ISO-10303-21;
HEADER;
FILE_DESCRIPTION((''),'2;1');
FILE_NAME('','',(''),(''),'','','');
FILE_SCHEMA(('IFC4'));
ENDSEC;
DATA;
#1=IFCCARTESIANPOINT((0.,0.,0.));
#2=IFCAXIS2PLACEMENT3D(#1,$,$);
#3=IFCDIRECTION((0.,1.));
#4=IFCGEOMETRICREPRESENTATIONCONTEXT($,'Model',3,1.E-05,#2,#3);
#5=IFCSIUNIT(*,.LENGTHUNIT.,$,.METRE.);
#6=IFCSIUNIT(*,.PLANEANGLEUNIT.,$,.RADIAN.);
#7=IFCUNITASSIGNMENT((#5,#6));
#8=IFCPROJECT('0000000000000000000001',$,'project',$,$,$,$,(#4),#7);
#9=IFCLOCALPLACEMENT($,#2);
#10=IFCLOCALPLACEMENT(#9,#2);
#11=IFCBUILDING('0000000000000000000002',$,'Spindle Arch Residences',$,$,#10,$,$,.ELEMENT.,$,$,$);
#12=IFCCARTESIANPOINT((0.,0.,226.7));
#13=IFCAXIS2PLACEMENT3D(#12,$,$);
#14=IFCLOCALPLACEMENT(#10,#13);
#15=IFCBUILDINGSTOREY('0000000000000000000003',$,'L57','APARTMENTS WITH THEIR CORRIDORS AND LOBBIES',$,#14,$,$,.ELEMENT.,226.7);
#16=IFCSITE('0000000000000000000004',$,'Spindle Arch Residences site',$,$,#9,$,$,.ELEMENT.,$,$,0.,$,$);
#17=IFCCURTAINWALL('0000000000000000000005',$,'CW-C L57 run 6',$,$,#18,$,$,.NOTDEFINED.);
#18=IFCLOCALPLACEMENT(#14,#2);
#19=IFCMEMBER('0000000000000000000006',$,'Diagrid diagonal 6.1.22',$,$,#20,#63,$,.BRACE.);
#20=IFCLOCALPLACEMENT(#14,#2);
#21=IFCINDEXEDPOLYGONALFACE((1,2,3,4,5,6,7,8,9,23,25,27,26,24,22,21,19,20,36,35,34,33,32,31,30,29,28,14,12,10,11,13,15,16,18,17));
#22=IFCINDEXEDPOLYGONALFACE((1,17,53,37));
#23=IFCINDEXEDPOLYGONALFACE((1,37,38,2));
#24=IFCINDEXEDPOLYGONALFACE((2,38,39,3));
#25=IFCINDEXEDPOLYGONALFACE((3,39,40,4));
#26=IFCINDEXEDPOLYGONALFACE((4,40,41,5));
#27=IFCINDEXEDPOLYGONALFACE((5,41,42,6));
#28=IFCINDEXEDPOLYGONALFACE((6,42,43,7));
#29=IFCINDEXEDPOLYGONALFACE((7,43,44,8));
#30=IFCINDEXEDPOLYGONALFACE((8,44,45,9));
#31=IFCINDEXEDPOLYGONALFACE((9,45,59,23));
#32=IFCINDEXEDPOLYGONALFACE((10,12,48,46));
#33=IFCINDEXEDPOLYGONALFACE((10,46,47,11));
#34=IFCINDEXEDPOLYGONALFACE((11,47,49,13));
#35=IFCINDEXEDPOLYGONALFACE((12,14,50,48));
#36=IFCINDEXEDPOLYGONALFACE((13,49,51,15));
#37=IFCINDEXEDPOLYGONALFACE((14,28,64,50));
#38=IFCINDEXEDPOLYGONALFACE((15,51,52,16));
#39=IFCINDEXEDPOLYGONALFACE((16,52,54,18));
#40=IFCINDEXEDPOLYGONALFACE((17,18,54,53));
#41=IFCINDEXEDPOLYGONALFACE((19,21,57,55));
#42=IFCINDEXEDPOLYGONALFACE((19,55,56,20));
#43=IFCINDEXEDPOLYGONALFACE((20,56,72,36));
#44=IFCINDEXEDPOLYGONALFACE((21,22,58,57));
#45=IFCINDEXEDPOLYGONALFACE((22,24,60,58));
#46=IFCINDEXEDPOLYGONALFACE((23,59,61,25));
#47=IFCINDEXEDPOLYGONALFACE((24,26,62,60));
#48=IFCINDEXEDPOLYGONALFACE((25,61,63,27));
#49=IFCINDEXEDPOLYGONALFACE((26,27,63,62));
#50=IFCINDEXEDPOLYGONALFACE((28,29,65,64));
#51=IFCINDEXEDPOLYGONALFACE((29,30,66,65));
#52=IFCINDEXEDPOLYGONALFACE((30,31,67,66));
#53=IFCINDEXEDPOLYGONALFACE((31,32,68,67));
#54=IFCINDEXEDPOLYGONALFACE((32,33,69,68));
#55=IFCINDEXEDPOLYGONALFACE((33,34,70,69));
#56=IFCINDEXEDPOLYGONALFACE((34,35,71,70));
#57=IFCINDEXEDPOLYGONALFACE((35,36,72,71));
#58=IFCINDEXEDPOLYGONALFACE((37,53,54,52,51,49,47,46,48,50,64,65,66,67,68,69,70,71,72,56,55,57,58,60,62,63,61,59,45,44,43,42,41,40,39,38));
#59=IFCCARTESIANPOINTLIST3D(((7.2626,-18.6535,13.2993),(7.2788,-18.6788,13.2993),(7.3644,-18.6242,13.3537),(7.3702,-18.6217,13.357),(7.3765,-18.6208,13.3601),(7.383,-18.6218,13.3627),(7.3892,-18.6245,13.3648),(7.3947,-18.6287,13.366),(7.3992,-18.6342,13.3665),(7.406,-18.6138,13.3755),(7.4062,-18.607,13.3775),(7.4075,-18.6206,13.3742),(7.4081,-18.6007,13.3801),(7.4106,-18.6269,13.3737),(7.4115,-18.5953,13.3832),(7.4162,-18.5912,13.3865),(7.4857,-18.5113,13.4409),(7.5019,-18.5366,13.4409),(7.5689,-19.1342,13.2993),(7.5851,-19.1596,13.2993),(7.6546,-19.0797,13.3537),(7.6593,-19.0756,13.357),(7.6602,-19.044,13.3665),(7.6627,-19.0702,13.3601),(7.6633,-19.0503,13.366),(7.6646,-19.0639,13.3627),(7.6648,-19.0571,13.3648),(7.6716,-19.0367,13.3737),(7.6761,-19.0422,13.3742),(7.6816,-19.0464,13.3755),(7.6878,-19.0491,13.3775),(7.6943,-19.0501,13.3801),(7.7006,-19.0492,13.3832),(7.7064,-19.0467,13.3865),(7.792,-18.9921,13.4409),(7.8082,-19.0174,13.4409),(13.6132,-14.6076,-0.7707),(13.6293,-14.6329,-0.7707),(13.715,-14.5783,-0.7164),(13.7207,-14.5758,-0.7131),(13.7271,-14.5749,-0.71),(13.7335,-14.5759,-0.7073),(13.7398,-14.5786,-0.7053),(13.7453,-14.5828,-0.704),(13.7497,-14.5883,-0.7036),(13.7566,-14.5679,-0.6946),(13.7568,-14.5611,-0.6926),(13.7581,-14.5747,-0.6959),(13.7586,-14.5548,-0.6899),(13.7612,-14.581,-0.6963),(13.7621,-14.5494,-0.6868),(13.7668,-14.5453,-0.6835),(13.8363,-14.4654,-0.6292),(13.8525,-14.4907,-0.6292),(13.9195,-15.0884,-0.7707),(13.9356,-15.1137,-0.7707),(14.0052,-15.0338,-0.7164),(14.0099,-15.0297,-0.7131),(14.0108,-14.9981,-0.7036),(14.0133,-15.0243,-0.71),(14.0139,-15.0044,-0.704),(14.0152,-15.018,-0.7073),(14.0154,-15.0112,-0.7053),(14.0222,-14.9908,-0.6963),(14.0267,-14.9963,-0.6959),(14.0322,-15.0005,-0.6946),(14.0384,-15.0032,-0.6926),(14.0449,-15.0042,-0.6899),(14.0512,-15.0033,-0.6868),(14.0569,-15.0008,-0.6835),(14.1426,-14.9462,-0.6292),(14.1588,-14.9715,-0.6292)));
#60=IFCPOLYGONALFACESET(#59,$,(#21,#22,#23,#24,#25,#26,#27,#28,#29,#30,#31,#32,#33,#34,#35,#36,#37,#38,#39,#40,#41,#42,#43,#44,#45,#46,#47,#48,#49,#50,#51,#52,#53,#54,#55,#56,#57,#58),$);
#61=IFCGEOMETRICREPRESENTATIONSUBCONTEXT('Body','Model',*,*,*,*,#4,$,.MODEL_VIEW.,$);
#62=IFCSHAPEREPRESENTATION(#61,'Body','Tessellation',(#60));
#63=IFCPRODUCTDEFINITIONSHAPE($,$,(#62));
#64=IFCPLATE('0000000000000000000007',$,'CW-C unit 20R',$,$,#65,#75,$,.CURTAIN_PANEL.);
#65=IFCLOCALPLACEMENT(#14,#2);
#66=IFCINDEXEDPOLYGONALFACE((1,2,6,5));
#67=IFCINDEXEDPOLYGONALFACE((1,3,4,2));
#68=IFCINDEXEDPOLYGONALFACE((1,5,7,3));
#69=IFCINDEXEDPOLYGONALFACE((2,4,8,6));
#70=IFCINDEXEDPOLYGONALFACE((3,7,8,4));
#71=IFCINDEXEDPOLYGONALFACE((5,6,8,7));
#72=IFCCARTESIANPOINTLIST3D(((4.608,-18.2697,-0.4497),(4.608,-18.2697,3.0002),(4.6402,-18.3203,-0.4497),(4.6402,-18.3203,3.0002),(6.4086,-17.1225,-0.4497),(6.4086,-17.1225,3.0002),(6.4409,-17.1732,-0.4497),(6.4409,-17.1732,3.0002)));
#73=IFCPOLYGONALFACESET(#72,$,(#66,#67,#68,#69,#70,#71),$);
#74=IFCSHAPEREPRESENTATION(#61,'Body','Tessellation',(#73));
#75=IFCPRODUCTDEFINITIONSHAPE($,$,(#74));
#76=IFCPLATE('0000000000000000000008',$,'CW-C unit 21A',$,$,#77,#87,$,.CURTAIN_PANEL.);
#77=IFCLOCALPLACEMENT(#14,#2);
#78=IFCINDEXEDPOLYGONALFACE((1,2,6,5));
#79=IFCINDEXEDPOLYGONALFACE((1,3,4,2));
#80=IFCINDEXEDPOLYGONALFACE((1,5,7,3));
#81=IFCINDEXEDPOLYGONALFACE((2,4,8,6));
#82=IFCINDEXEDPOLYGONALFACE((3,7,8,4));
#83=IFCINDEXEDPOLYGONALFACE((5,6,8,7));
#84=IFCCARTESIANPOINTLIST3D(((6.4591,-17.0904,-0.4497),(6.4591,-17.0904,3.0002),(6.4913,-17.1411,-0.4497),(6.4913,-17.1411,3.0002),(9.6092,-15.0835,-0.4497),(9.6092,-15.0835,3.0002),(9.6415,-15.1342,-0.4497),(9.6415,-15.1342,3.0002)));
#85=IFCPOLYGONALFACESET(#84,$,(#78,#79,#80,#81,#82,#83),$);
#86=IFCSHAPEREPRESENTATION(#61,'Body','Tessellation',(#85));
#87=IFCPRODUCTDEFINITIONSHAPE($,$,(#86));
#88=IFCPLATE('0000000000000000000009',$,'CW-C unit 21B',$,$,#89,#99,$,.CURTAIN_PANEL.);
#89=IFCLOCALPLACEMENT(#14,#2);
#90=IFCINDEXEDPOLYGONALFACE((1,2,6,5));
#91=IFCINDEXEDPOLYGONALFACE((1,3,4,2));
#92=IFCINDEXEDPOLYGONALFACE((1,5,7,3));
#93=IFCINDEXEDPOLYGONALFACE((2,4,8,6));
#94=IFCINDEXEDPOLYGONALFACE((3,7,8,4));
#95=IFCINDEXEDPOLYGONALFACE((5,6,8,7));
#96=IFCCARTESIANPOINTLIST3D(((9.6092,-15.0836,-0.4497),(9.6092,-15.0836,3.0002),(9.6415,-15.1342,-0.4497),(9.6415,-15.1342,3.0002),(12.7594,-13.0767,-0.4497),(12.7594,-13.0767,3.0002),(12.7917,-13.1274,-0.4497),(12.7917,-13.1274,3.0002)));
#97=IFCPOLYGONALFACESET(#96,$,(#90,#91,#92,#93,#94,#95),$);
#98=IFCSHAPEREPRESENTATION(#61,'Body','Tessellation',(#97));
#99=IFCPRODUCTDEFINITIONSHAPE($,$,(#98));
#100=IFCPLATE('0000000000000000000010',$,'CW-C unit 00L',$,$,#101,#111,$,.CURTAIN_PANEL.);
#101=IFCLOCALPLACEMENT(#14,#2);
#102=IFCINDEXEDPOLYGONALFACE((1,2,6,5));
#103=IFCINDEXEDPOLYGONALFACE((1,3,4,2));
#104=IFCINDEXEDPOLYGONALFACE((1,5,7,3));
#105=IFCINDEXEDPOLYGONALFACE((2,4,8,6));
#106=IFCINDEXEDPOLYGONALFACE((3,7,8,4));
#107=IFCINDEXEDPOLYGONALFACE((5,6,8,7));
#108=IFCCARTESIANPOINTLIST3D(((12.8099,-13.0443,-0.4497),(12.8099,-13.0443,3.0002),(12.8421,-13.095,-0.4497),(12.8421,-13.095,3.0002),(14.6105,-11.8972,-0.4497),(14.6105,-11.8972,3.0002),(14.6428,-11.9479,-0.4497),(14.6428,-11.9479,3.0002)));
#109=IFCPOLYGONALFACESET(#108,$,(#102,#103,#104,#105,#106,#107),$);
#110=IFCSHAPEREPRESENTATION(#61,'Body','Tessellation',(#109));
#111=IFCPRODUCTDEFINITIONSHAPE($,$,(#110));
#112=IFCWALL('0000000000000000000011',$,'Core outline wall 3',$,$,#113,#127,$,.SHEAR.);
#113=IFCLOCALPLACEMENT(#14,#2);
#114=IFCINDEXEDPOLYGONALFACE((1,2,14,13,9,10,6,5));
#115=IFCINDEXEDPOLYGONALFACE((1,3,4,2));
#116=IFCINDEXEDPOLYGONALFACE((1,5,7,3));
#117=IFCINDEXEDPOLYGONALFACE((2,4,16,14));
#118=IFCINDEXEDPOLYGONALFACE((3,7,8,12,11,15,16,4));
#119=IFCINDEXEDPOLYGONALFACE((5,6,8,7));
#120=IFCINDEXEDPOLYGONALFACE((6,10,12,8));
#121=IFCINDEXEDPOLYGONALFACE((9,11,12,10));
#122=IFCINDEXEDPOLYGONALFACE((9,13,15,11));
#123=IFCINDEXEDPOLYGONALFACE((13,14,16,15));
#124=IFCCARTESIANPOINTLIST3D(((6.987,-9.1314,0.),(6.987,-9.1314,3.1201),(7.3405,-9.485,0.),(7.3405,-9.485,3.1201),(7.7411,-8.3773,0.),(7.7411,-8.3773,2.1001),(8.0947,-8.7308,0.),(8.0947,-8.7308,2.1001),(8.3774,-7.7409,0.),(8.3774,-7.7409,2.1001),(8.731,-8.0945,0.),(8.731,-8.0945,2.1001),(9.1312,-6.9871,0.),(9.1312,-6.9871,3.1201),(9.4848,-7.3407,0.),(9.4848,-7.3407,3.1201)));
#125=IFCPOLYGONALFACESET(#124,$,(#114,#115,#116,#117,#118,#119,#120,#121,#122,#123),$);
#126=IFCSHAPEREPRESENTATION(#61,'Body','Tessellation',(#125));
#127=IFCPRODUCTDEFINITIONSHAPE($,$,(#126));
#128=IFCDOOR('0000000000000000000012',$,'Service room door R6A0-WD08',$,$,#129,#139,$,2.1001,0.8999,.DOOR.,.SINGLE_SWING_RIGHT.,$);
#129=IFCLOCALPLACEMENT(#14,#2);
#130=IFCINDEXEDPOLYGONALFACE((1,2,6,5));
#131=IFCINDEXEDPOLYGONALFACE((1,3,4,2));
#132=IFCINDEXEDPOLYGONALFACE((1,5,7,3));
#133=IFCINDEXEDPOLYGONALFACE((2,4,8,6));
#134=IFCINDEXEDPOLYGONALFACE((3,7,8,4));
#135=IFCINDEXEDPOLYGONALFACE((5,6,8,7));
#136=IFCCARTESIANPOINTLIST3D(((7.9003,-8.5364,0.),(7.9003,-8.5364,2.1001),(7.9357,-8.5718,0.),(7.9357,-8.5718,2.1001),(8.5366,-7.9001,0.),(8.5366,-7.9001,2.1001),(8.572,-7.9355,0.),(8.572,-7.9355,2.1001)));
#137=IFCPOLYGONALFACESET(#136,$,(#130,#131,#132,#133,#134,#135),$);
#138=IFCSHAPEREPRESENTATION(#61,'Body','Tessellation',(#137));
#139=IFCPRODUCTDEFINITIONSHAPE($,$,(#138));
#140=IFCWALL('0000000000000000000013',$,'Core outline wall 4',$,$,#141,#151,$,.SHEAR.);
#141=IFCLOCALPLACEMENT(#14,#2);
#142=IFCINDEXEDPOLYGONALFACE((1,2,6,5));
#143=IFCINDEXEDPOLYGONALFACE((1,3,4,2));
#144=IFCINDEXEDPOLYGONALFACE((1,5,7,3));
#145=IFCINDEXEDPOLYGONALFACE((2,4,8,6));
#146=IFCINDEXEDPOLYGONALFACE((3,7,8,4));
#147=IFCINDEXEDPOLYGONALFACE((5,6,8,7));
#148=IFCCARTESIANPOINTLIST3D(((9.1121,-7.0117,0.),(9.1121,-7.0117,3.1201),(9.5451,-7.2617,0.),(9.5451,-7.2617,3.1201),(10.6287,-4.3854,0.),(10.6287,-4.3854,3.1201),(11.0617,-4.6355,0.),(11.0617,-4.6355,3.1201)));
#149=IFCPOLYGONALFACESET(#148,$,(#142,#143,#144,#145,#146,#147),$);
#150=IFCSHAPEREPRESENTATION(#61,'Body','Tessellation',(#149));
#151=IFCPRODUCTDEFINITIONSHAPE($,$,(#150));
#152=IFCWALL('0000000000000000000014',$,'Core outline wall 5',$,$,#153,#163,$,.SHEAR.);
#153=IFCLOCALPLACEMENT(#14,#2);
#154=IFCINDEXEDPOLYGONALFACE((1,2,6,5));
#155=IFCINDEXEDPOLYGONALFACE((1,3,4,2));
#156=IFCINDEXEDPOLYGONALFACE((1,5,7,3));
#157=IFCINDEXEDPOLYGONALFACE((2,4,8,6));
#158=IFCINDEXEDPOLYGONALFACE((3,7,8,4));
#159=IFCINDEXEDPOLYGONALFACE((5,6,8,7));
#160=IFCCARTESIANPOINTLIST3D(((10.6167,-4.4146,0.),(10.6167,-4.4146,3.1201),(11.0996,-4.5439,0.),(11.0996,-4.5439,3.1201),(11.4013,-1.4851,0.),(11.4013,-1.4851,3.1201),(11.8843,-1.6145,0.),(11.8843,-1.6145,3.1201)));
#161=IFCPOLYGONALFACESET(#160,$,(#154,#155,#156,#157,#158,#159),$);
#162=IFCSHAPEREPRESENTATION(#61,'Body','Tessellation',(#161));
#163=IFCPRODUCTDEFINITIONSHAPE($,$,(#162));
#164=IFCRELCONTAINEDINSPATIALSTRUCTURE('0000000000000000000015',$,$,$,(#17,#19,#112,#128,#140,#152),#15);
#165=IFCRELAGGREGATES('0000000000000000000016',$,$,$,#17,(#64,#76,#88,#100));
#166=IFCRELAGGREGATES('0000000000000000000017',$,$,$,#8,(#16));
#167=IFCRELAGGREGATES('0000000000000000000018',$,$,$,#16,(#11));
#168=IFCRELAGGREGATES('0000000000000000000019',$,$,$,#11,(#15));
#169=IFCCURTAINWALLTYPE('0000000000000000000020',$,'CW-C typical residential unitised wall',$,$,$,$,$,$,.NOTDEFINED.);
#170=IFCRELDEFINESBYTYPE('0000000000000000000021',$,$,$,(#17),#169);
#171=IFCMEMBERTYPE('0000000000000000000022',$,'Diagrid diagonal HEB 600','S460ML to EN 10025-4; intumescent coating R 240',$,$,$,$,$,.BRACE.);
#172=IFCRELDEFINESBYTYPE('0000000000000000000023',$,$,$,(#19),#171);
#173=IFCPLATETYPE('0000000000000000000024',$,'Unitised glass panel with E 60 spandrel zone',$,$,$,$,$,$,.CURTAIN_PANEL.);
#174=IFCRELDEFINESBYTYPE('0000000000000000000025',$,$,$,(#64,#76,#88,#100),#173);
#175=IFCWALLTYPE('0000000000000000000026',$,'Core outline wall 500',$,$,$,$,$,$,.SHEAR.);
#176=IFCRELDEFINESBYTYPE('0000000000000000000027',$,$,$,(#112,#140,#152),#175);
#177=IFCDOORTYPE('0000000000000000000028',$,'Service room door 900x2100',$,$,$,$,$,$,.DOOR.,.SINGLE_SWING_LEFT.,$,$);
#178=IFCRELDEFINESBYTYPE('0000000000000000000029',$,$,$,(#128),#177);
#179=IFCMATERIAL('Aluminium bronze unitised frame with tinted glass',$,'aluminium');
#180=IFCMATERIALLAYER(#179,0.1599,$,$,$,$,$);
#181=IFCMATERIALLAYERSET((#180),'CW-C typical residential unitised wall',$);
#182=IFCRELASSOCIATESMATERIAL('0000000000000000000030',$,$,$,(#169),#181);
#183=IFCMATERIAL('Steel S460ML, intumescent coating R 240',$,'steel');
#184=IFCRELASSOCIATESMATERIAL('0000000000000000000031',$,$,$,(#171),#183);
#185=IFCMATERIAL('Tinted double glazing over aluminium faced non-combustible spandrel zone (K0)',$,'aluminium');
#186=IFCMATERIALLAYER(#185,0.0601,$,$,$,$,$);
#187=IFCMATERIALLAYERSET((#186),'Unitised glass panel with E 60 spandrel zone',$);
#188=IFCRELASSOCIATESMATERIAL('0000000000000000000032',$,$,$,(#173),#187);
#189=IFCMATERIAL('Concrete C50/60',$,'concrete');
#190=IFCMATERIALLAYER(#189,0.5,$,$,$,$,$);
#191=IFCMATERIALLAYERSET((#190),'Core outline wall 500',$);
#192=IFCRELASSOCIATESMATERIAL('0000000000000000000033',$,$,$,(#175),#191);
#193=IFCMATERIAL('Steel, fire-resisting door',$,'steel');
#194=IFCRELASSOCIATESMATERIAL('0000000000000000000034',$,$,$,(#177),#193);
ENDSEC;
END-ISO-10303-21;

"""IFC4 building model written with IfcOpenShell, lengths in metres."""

from ifc_helpers import new_model, si_unit, direction, frame, frame_2d, origin, origin_2d, place, context, subcontext, project, spatial, rectangle, i_section, extrude, material, layer, layer_set, material_profile, profile_set, type_object, element, fill, aggregate, save


model = new_model("IFC4")

# Units and contexts
model_context = context("Model", 3, precision=1e-05, world=origin(), true_north=direction((0.0, 1.0)))
body_context = subcontext(model_context, "Body", "Model", "MODEL_VIEW")
ifc_project = project(units=[si_unit("LENGTHUNIT", "METRE"), si_unit("PLANEANGLEUNIT", "RADIAN")], contexts=[model_context])

# Site, building, storey
site_placement = place(None, origin())
site = spatial("IfcSite", under=ifc_project, at=site_placement, Name="Spindle Arch Residences site", CompositionType="ELEMENT", RefElevation=0.0)
building_placement = place(site_placement, origin())
building = spatial("IfcBuilding", under=site, at=building_placement, Name="Spindle Arch Residences", CompositionType="ELEMENT")
storey_placement = place(building_placement, frame((0.0, 0.0, 226.7)))
storey = spatial("IfcBuildingStorey", under=building, at=storey_placement, Name="L57", Description="APARTMENTS WITH THEIR CORRIDORS AND LOBBIES", CompositionType="ELEMENT", Elevation=226.7)

# Curtain wall
ifc_material_1 = material(Name="Aluminium bronze unitised frame with tinted glass", Category="aluminium")
ifc_layer_1 = layer(ifc_material_1, 0.1599)
ifc_layer_set_1 = layer_set([ifc_layer_1], Name="CW-C typical residential unitised wall")
curtain_wall_type = type_object("IfcCurtainWallType", Name="CW-C typical residential unitised wall", PredefinedType="NOTDEFINED", material=ifc_layer_set_1)
curtain_wall_placement = place(storey_placement, origin())
curtain_wall = element("IfcCurtainWall", 1, at=curtain_wall_placement, inside=storey, type_object=curtain_wall_type, Name="CW-C L57 run 6", PredefinedType="NOTDEFINED")

# Member
ifc_material_2 = material(Name="Steel S460ML, intumescent coating R 240", Category="steel")
ifc_material_profile_1 = material_profile(ifc_material_2, i_section(OverallWidth=0.3, OverallDepth=0.6001, WebThickness=0.0154, FlangeThickness=0.03, FilletRadius=0.0271, at=origin_2d()), Name="HEB 600")
ifc_profile_set_1 = profile_set([ifc_material_profile_1], Name="Steel S460ML, intumescent coating R 240")
member_type_1 = type_object("IfcMemberType", Name="Diagrid diagonal HEB 600", Description="S460ML to EN 10025-4; intumescent coating R 240", PredefinedType="BRACE", material=ifc_profile_set_1)
for number, where, z_axis, x_axis, name in (
    (2, (13.886, -14.7896, -0.7), (-0.39795, -0.25353, 0.881679), (0.743594, 0.473737, 0.471849), "Diagrid diagonal 6.1.22"),
):
    element("IfcMember", number, at=place(storey_placement, frame(where, z_axis=z_axis, x_axis=x_axis)), inside=storey, type_object=member_type_1, Name=name, PredefinedType="BRACE", context=body_context, shape_type="SweptSolid", body=[
        extrude(i_section(OverallWidth=0.3, OverallDepth=0.6001, WebThickness=0.0154, FlangeThickness=0.03, FilletRadius=0.0271, at=origin_2d()), origin(), (0.0, 0.0, 1.0), 15.9583),
    ])

# Plates
ifc_material_3 = material(Name="Tinted double glazing over aluminium faced non-combustible spandrel zone (K0)", Category="aluminium")
ifc_layer_2 = layer(ifc_material_3, 0.0601)
ifc_layer_set_2 = layer_set([ifc_layer_2], Name="Unitised glass panel with E 60 spandrel zone")
plate_type = type_object("IfcPlateType", Name="Unitised glass panel with E 60 spandrel zone", PredefinedType="CURTAIN_PANEL", material=ifc_layer_set_2)
plate_1_placement = place(storey_placement, frame((5.5244, -17.7214, -0.4497), z_axis=(0.0, 0.0, 1.0), x_axis=(0.843391, 0.5373, 0.0)))
plate_1 = element("IfcPlate", 3, at=plate_1_placement, type_object=plate_type, Name="CW-C unit 20R", PredefinedType="CURTAIN_PANEL", context=body_context, shape_type="SweptSolid", body=[
    extrude(rectangle(XDim=2.135, YDim=0.0601, at=origin_2d()), origin(), (0.0, 0.0, 1.0), 3.45),
])
plate_2_placement = place(storey_placement, frame((8.0503, -16.1123, -0.4497), z_axis=(0.0, 0.0, 1.0), x_axis=(0.843391, 0.5373, 0.0)))
plate_2 = element("IfcPlate", 4, at=plate_2_placement, type_object=plate_type, Name="CW-C unit 21A", PredefinedType="CURTAIN_PANEL", context=body_context, shape_type="SweptSolid", body=[
    extrude(rectangle(XDim=3.7351, YDim=0.0601, at=origin_2d()), origin(), (0.0, 0.0, 1.0), 3.45),
])
plate_3_placement = place(storey_placement, frame((11.2004, -14.1055, -0.4497), z_axis=(0.0, 0.0, 1.0), x_axis=(0.843391, 0.5373, 0.0)))
plate_3 = element("IfcPlate", 5, at=plate_3_placement, type_object=plate_type, Name="CW-C unit 21B", PredefinedType="CURTAIN_PANEL", context=body_context, shape_type="SweptSolid", body=[
    extrude(rectangle(XDim=3.7351, YDim=0.0601, at=origin_2d()), origin(), (0.0, 0.0, 1.0), 3.45),
])
plate_4_placement = place(storey_placement, frame((13.7263, -12.4961, -0.4497), z_axis=(0.0, 0.0, 1.0), x_axis=(0.843391, 0.5373, 0.0)))
plate_4 = element("IfcPlate", 6, at=plate_4_placement, type_object=plate_type, Name="CW-C unit 00L", PredefinedType="CURTAIN_PANEL", context=body_context, shape_type="SweptSolid", body=[
    extrude(rectangle(XDim=2.135, YDim=0.0601, at=origin_2d()), origin(), (0.0, 0.0, 1.0), 3.45),
])
aggregate(curtain_wall, [plate_1, plate_2, plate_3, plate_4])

# Wall, opening, door
ifc_material_4 = material(Name="Concrete C50/60", Category="concrete")
ifc_layer_3 = layer(ifc_material_4, 0.5)
ifc_layer_set_3 = layer_set([ifc_layer_3], Name="Core outline wall 500")
wall_type_1 = type_object("IfcWallType", Name="Core outline wall 500", PredefinedType="SHEAR", material=ifc_layer_set_3)
wall_1_placement = place(storey_placement, frame((7.1638, -9.3081, 0.0), z_axis=(0.0, 0.0, 1.0), x_axis=(0.707107, 0.707107, 0.0)))
wall_1 = element("IfcWall", 7, at=wall_1_placement, inside=storey, type_object=wall_type_1, Name="Core outline wall 3", PredefinedType="SHEAR", context=body_context, shape_type="SweptSolid", body=[
    extrude(rectangle(XDim=3.0325, YDim=0.5, at=frame_2d((1.5161, 0.0))), origin(), (0.0, 0.0, 1.0), 3.1201),
])
opening_1_placement = place(wall_1_placement, frame((1.0664, 0.0, 0.0)))
opening_1 = element("IfcOpeningElement", 8, at=opening_1_placement, cuts=wall_1, PredefinedType="OPENING", context=body_context, shape_type="SweptSolid", body=[
    extrude(rectangle(XDim=0.8999, YDim=2.1001, at=frame_2d((0.45, 1.05))), frame((0.0, 0.26, 0.0), z_axis=(0.0, -1.0, 0.0), x_axis=(1.0, 0.0, 0.0)), (0.0, 0.0, 1.0), 0.52),
])
ifc_material_5 = material(Name="Steel, fire-resisting door", Category="steel")
door_type_1 = type_object("IfcDoorType", Name="Service room door 900x2100", OperationType="SINGLE_SWING_LEFT", PredefinedType="DOOR", material=ifc_material_5)
door_1_placement = place(opening_1_placement, origin())
door_1 = element("IfcDoor", 9, at=door_1_placement, inside=storey, type_object=door_type_1, Name="Service room door R6A0-WD08", OperationType="SINGLE_SWING_RIGHT", OverallHeight=2.1001, OverallWidth=0.8999, PredefinedType="DOOR", context=body_context, shape_type="SweptSolid", body=[
    extrude(rectangle(XDim=0.8999, YDim=2.1001, at=frame_2d((0.45, 1.05))), frame((0.0, 0.0249, 0.0), z_axis=(0.0, -1.0, 0.0), x_axis=(1.0, 0.0, 0.0)), (0.0, 0.0, 1.0), 0.05),
])
fill(opening_1, door_1)

# Walls
for number, where, z_axis, x_axis, name in (
    (10, (9.3286, -7.1367, 0.0), (0.0, 0.0, 1.0), (0.500087, 0.865975, 0.0), "Core outline wall 4"),
    (11, (10.8582, -4.4792, 0.0), (0.0, 0.0, 1.0), (0.258735, 0.965948, 0.0), "Core outline wall 5"),
):
    element("IfcWall", number, at=place(storey_placement, frame(where, z_axis=z_axis, x_axis=x_axis)), inside=storey, type_object=wall_type_1, Name=name, PredefinedType="SHEAR", context=body_context, shape_type="SweptSolid", body=[
        extrude(rectangle(XDim=3.0327, YDim=0.5, at=frame_2d((1.5164, 0.0))), origin(), (0.0, 0.0, 1.0), 3.1201),
    ])

save(model, "model.ifc")
